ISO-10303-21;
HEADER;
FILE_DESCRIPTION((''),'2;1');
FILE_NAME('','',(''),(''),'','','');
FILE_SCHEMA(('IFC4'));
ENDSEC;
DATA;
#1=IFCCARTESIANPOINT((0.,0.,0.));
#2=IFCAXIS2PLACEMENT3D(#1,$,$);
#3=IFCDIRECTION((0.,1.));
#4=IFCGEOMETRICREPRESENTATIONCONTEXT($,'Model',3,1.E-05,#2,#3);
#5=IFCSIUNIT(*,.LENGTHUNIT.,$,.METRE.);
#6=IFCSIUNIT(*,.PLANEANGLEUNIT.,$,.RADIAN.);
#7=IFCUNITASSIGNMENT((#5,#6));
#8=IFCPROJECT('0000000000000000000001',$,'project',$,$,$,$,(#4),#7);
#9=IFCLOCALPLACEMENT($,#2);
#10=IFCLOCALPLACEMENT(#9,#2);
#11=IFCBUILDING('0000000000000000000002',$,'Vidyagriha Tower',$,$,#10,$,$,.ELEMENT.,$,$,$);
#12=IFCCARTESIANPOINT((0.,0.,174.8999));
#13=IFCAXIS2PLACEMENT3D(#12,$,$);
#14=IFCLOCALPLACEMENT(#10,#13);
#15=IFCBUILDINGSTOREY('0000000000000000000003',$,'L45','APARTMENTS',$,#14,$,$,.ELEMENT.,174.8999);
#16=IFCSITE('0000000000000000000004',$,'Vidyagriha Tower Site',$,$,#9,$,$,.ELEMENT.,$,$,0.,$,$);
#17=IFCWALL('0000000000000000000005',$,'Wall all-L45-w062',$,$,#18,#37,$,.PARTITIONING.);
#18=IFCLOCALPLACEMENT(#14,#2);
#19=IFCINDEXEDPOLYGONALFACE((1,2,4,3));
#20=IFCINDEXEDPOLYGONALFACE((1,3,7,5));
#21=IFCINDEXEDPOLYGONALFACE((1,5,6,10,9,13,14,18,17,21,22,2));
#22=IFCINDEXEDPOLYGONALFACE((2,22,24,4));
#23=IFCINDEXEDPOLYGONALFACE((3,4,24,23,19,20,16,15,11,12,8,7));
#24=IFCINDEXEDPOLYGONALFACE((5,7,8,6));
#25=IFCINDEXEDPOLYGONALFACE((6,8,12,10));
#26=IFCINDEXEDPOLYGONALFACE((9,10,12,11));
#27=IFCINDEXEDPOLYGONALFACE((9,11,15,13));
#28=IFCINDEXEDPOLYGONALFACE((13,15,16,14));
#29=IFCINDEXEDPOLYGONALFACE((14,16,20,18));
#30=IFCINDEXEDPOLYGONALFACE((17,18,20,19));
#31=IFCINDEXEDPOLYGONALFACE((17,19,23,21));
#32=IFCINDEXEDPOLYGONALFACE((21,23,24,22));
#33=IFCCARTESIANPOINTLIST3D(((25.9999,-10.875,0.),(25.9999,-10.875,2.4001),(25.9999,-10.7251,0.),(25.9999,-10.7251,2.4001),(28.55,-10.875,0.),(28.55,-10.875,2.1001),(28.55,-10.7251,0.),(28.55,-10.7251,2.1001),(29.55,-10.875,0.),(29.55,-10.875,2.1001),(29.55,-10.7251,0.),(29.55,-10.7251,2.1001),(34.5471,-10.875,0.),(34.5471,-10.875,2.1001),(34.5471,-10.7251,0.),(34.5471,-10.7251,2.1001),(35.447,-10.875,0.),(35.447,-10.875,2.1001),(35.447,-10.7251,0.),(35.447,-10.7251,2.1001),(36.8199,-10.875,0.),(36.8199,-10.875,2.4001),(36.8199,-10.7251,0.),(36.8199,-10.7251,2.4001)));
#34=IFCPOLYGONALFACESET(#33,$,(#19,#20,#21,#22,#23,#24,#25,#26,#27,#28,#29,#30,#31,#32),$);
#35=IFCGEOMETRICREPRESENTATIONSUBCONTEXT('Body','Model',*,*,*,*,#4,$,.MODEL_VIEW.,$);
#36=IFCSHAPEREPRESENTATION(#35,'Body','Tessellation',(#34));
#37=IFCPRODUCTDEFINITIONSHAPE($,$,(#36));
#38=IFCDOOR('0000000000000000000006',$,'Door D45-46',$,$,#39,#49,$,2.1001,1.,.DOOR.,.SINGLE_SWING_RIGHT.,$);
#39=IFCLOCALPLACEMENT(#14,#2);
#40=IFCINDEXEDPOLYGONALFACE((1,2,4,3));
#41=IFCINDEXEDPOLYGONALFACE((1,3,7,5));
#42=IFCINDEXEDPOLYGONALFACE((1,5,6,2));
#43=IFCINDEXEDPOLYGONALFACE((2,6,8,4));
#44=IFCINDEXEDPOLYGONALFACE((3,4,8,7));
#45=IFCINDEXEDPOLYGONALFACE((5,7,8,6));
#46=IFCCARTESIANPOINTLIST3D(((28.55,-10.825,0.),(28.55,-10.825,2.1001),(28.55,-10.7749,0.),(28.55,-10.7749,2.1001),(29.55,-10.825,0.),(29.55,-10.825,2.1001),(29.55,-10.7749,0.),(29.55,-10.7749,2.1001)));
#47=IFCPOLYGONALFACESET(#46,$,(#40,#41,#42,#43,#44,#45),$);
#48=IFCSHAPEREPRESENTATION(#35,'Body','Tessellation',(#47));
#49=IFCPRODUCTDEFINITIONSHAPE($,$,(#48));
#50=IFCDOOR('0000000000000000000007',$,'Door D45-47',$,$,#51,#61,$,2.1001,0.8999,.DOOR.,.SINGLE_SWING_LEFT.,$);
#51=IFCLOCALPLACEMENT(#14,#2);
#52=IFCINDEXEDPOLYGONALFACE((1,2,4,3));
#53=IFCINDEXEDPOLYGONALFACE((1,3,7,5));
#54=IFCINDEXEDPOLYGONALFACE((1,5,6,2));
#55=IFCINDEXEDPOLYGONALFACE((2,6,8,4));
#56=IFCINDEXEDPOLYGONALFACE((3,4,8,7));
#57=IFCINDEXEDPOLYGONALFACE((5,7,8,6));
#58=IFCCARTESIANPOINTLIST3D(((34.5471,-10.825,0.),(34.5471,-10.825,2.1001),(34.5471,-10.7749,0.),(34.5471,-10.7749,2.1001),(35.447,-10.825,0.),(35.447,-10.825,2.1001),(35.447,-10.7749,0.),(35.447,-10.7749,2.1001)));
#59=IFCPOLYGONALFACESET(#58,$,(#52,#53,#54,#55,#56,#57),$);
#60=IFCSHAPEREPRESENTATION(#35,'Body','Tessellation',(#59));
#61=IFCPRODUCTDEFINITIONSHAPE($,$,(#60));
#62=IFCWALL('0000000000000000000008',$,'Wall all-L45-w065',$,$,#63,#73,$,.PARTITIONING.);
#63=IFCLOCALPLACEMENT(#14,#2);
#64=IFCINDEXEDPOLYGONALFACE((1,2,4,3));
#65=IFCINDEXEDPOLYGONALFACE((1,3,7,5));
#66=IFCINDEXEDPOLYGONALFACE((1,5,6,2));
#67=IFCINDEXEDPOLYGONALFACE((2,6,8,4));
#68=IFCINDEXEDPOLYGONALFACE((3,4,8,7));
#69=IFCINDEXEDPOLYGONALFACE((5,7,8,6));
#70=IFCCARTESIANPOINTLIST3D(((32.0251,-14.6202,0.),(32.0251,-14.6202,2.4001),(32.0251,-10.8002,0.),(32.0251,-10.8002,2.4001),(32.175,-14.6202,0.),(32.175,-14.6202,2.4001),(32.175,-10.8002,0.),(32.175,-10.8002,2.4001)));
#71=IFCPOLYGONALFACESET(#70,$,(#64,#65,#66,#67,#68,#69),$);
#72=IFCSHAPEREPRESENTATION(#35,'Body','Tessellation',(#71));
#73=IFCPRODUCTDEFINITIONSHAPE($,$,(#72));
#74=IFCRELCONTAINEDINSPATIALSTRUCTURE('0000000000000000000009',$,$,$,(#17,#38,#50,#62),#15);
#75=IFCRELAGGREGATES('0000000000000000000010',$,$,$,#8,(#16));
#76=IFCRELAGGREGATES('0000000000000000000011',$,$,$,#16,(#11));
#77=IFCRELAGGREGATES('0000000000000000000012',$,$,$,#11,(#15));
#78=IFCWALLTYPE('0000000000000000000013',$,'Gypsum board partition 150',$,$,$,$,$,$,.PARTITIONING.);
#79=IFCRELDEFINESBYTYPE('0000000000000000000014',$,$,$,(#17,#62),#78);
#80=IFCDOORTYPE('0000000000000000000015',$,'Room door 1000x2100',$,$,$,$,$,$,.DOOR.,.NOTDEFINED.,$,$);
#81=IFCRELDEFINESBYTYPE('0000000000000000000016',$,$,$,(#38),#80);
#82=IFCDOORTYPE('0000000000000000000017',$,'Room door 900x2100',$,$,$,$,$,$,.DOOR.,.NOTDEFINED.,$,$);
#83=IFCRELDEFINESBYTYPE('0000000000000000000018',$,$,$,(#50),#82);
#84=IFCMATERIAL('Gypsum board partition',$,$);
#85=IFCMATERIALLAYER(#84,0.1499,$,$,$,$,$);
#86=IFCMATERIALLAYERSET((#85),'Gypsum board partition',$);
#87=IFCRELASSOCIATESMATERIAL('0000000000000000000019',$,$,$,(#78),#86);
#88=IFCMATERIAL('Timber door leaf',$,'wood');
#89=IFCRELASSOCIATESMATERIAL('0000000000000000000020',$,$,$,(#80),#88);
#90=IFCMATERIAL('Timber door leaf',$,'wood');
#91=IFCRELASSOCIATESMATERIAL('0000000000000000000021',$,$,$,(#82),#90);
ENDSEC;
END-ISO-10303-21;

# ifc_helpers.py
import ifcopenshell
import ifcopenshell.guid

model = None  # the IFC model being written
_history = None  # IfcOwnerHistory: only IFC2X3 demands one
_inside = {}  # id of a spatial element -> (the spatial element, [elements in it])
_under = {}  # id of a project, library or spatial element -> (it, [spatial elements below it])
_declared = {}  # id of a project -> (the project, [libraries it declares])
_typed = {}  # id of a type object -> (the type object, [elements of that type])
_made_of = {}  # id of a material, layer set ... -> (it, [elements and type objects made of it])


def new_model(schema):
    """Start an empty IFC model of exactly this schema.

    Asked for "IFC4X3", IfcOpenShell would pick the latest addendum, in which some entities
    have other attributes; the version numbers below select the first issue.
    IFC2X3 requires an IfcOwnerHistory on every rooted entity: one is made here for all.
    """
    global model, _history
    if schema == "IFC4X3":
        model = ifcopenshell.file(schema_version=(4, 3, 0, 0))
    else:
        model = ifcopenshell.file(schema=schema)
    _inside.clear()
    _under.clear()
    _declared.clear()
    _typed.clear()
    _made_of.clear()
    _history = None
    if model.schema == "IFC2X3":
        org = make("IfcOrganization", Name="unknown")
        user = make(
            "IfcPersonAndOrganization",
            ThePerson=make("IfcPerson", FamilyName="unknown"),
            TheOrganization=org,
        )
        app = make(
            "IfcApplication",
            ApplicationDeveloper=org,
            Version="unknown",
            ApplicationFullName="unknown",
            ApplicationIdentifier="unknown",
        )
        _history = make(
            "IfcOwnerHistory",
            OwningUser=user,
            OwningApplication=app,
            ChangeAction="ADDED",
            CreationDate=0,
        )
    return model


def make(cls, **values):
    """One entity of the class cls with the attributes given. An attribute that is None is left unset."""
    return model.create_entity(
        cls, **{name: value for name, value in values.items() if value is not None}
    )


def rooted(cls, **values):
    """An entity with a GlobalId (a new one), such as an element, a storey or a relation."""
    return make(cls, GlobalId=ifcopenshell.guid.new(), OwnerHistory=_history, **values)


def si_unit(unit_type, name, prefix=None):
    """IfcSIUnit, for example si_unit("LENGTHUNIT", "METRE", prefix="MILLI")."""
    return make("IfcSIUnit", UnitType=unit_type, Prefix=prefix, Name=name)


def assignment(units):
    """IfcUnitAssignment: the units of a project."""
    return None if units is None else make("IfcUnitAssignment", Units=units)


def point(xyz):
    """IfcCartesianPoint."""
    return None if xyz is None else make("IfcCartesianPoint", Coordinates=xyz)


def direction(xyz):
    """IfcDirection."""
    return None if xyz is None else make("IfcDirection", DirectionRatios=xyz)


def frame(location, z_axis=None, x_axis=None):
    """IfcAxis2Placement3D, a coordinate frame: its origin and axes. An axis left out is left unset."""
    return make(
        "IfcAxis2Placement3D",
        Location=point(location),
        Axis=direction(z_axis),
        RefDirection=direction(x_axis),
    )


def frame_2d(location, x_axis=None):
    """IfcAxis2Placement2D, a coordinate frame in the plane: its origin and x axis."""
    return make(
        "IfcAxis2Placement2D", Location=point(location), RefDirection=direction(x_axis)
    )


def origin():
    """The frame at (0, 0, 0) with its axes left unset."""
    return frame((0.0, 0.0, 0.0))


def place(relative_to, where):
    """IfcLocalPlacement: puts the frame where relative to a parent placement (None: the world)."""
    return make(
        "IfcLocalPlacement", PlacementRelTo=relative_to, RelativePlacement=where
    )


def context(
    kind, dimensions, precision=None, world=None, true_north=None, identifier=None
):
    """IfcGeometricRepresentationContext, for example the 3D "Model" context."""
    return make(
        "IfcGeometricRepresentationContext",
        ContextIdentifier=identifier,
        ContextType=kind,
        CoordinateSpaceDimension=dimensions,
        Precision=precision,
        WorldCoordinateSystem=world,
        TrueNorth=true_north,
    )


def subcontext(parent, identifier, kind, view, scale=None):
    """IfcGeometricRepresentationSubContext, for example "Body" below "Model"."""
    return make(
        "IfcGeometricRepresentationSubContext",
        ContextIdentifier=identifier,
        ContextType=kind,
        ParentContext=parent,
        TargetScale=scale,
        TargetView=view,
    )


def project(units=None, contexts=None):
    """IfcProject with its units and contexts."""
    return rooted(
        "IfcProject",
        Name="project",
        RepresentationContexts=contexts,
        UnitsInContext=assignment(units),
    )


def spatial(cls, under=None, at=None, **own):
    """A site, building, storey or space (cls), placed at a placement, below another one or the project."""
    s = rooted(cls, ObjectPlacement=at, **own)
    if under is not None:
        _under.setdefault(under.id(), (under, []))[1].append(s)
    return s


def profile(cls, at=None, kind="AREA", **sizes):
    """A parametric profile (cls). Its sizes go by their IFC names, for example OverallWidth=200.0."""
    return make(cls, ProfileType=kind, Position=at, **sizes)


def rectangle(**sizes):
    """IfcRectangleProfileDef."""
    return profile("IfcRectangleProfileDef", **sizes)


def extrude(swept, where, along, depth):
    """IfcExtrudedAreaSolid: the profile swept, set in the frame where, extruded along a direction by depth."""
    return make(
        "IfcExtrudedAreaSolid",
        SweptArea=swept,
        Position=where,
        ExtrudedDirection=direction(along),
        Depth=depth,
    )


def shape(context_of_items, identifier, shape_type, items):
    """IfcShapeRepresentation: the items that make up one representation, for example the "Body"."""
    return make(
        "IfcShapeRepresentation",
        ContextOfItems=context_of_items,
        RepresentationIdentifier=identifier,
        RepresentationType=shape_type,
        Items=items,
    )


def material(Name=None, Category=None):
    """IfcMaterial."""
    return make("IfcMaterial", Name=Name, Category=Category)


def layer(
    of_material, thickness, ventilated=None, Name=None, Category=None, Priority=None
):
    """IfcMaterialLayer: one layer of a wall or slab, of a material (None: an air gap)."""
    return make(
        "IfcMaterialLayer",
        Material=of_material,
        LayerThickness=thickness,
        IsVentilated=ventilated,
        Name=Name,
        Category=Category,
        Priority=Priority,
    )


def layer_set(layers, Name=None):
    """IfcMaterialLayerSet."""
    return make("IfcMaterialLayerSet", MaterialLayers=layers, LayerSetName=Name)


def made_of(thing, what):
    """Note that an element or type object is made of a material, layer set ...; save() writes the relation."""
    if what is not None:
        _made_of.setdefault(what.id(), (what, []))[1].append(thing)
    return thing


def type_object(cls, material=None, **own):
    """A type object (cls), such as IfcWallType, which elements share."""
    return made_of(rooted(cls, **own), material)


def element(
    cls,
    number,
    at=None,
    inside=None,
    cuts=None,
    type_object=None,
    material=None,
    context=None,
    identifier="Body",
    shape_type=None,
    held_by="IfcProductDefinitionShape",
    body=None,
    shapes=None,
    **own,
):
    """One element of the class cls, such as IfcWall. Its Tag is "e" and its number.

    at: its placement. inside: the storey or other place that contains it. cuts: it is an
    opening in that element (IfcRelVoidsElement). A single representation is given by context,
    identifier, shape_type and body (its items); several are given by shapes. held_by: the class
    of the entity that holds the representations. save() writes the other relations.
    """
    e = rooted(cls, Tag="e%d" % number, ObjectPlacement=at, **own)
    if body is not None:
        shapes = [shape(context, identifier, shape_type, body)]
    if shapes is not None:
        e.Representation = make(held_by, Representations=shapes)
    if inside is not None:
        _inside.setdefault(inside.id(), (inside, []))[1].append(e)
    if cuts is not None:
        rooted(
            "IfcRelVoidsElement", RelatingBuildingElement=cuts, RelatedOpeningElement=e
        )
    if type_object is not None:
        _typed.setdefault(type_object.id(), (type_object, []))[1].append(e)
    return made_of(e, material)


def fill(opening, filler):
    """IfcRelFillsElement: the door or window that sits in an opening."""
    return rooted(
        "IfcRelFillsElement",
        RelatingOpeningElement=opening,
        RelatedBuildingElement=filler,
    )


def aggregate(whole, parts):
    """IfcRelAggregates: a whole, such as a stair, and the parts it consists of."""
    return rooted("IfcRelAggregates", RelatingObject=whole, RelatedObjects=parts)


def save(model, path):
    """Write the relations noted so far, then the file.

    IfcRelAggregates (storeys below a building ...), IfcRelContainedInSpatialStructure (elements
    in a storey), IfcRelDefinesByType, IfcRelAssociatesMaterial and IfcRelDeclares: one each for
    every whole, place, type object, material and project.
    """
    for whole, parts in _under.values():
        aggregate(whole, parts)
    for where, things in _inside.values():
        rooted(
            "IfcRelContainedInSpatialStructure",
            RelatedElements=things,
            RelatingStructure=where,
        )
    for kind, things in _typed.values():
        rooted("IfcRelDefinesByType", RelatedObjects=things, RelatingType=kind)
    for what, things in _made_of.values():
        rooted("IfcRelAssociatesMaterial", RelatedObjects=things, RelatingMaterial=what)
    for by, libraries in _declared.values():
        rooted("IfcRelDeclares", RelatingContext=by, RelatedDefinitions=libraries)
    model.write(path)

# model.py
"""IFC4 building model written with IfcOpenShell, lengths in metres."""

from ifc_helpers import new_model, si_unit, direction, frame, frame_2d, origin, place, context, subcontext, project, spatial, rectangle, extrude, material, layer, layer_set, type_object, element, fill, save


model = new_model("IFC4")

# Units and contexts
model_context = context("Model", 3, precision=1e-05, world=origin(), true_north=direction((0.0, 1.0)))
body_context = subcontext(model_context, "Body", "Model", "MODEL_VIEW")
ifc_project = project(units=[si_unit("LENGTHUNIT", "METRE"), si_unit("PLANEANGLEUNIT", "RADIAN")], contexts=[model_context])

# Site, building, storey
site_placement = place(None, origin())
site = spatial("IfcSite", under=ifc_project, at=site_placement, Name="Vidyagriha Tower Site", CompositionType="ELEMENT", RefElevation=0.0)
building_placement = place(site_placement, origin())
building = spatial("IfcBuilding", under=site, at=building_placement, Name="Vidyagriha Tower", CompositionType="ELEMENT")
storey_placement = place(building_placement, frame((0.0, 0.0, 174.8999)))
storey = spatial("IfcBuildingStorey", under=building, at=storey_placement, Name="L45", Description="APARTMENTS", CompositionType="ELEMENT", Elevation=174.8999)

# Wall, openings, doors
ifc_material_1 = material(Name="Gypsum board partition")
ifc_layer_1 = layer(ifc_material_1, 0.1499)
ifc_layer_set_1 = layer_set([ifc_layer_1], Name="Gypsum board partition")
wall_type_1 = type_object("IfcWallType", Name="Gypsum board partition 150", PredefinedType="PARTITIONING", material=ifc_layer_set_1)
wall_1_placement = place(storey_placement, frame((36.8201, -10.8, 0.0), z_axis=(0.0, 0.0, 1.0), x_axis=(-1.0, 0.0, 0.0)))
wall_1 = element("IfcWall", 1, at=wall_1_placement, inside=storey, type_object=wall_type_1, Name="Wall all-L45-w062", PredefinedType="PARTITIONING", context=body_context, shape_type="SweptSolid", body=[
    extrude(rectangle(XDim=10.8201, YDim=0.1499, at=frame_2d((5.4102, 0.0))), origin(), (0.0, 0.0, 1.0), 2.4001),
])
opening_1_placement = place(wall_1_placement, frame((7.27, 0.0, 0.0)))
opening_1 = element("IfcOpeningElement", 2, at=opening_1_placement, cuts=wall_1, PredefinedType="OPENING", context=body_context, shape_type="SweptSolid", body=[
    extrude(rectangle(XDim=1.0, YDim=2.1001, at=frame_2d((0.5, 1.05))), frame((0.0, 0.085, 0.0), z_axis=(0.0, -1.0, 0.0), x_axis=(1.0, 0.0, 0.0)), (0.0, 0.0, 1.0), 0.1699),
])
opening_2_placement = place(wall_1_placement, frame((1.373, 0.0, 0.0)))
opening_2 = element("IfcOpeningElement", 3, at=opening_2_placement, cuts=wall_1, PredefinedType="OPENING", context=body_context, shape_type="SweptSolid", body=[
    extrude(rectangle(XDim=0.8999, YDim=2.1001, at=frame_2d((0.45, 1.05))), frame((0.0, 0.085, 0.0), z_axis=(0.0, -1.0, 0.0), x_axis=(1.0, 0.0, 0.0)), (0.0, 0.0, 1.0), 0.1699),
])
ifc_material_2 = material(Name="Timber door leaf", Category="wood")
door_type_1 = type_object("IfcDoorType", Name="Room door 1000x2100", OperationType="NOTDEFINED", PredefinedType="DOOR", material=ifc_material_2)
door_1_placement = place(opening_1_placement, origin())
door_1 = element("IfcDoor", 4, at=door_1_placement, inside=storey, type_object=door_type_1, Name="Door D45-46", OperationType="SINGLE_SWING_RIGHT", OverallHeight=2.1001, OverallWidth=1.0, PredefinedType="DOOR", context=body_context, shape_type="SweptSolid", body=[
    extrude(rectangle(XDim=1.0, YDim=2.1001, at=frame_2d((0.5, 1.05))), frame((0.0, 0.0249, 0.0), z_axis=(0.0, -1.0, 0.0), x_axis=(1.0, 0.0, 0.0)), (0.0, 0.0, 1.0), 0.05),
])
fill(opening_1, door_1)
ifc_material_3 = material(Name="Timber door leaf", Category="wood")
door_type_2 = type_object("IfcDoorType", Name="Room door 900x2100", OperationType="NOTDEFINED", PredefinedType="DOOR", material=ifc_material_3)
door_2_placement = place(opening_2_placement, origin())
door_2 = element("IfcDoor", 5, at=door_2_placement, inside=storey, type_object=door_type_2, Name="Door D45-47", OperationType="SINGLE_SWING_LEFT", OverallHeight=2.1001, OverallWidth=0.8999, PredefinedType="DOOR", context=body_context, shape_type="SweptSolid", body=[
    extrude(rectangle(XDim=0.8999, YDim=2.1001, at=frame_2d((0.45, 1.05))), frame((0.0, 0.0249, 0.0), z_axis=(0.0, -1.0, 0.0), x_axis=(1.0, 0.0, 0.0)), (0.0, 0.0, 1.0), 0.05),
])
fill(opening_2, door_2)

# Wall
wall_2_placement = place(storey_placement, frame((32.1001, -10.8, 0.0), z_axis=(0.0, 0.0, 1.0), x_axis=(0.0, -1.0, 0.0)))
element("IfcWall", 6, at=wall_2_placement, inside=storey, type_object=wall_type_1, Name="Wall all-L45-w065", PredefinedType="PARTITIONING", context=body_context, shape_type="SweptSolid", body=[
    extrude(rectangle(XDim=3.8201, YDim=0.1499, at=frame_2d((1.9102, 0.0))), origin(), (0.0, 0.0, 1.0), 2.4001),
])

save(model, "model.ifc")
